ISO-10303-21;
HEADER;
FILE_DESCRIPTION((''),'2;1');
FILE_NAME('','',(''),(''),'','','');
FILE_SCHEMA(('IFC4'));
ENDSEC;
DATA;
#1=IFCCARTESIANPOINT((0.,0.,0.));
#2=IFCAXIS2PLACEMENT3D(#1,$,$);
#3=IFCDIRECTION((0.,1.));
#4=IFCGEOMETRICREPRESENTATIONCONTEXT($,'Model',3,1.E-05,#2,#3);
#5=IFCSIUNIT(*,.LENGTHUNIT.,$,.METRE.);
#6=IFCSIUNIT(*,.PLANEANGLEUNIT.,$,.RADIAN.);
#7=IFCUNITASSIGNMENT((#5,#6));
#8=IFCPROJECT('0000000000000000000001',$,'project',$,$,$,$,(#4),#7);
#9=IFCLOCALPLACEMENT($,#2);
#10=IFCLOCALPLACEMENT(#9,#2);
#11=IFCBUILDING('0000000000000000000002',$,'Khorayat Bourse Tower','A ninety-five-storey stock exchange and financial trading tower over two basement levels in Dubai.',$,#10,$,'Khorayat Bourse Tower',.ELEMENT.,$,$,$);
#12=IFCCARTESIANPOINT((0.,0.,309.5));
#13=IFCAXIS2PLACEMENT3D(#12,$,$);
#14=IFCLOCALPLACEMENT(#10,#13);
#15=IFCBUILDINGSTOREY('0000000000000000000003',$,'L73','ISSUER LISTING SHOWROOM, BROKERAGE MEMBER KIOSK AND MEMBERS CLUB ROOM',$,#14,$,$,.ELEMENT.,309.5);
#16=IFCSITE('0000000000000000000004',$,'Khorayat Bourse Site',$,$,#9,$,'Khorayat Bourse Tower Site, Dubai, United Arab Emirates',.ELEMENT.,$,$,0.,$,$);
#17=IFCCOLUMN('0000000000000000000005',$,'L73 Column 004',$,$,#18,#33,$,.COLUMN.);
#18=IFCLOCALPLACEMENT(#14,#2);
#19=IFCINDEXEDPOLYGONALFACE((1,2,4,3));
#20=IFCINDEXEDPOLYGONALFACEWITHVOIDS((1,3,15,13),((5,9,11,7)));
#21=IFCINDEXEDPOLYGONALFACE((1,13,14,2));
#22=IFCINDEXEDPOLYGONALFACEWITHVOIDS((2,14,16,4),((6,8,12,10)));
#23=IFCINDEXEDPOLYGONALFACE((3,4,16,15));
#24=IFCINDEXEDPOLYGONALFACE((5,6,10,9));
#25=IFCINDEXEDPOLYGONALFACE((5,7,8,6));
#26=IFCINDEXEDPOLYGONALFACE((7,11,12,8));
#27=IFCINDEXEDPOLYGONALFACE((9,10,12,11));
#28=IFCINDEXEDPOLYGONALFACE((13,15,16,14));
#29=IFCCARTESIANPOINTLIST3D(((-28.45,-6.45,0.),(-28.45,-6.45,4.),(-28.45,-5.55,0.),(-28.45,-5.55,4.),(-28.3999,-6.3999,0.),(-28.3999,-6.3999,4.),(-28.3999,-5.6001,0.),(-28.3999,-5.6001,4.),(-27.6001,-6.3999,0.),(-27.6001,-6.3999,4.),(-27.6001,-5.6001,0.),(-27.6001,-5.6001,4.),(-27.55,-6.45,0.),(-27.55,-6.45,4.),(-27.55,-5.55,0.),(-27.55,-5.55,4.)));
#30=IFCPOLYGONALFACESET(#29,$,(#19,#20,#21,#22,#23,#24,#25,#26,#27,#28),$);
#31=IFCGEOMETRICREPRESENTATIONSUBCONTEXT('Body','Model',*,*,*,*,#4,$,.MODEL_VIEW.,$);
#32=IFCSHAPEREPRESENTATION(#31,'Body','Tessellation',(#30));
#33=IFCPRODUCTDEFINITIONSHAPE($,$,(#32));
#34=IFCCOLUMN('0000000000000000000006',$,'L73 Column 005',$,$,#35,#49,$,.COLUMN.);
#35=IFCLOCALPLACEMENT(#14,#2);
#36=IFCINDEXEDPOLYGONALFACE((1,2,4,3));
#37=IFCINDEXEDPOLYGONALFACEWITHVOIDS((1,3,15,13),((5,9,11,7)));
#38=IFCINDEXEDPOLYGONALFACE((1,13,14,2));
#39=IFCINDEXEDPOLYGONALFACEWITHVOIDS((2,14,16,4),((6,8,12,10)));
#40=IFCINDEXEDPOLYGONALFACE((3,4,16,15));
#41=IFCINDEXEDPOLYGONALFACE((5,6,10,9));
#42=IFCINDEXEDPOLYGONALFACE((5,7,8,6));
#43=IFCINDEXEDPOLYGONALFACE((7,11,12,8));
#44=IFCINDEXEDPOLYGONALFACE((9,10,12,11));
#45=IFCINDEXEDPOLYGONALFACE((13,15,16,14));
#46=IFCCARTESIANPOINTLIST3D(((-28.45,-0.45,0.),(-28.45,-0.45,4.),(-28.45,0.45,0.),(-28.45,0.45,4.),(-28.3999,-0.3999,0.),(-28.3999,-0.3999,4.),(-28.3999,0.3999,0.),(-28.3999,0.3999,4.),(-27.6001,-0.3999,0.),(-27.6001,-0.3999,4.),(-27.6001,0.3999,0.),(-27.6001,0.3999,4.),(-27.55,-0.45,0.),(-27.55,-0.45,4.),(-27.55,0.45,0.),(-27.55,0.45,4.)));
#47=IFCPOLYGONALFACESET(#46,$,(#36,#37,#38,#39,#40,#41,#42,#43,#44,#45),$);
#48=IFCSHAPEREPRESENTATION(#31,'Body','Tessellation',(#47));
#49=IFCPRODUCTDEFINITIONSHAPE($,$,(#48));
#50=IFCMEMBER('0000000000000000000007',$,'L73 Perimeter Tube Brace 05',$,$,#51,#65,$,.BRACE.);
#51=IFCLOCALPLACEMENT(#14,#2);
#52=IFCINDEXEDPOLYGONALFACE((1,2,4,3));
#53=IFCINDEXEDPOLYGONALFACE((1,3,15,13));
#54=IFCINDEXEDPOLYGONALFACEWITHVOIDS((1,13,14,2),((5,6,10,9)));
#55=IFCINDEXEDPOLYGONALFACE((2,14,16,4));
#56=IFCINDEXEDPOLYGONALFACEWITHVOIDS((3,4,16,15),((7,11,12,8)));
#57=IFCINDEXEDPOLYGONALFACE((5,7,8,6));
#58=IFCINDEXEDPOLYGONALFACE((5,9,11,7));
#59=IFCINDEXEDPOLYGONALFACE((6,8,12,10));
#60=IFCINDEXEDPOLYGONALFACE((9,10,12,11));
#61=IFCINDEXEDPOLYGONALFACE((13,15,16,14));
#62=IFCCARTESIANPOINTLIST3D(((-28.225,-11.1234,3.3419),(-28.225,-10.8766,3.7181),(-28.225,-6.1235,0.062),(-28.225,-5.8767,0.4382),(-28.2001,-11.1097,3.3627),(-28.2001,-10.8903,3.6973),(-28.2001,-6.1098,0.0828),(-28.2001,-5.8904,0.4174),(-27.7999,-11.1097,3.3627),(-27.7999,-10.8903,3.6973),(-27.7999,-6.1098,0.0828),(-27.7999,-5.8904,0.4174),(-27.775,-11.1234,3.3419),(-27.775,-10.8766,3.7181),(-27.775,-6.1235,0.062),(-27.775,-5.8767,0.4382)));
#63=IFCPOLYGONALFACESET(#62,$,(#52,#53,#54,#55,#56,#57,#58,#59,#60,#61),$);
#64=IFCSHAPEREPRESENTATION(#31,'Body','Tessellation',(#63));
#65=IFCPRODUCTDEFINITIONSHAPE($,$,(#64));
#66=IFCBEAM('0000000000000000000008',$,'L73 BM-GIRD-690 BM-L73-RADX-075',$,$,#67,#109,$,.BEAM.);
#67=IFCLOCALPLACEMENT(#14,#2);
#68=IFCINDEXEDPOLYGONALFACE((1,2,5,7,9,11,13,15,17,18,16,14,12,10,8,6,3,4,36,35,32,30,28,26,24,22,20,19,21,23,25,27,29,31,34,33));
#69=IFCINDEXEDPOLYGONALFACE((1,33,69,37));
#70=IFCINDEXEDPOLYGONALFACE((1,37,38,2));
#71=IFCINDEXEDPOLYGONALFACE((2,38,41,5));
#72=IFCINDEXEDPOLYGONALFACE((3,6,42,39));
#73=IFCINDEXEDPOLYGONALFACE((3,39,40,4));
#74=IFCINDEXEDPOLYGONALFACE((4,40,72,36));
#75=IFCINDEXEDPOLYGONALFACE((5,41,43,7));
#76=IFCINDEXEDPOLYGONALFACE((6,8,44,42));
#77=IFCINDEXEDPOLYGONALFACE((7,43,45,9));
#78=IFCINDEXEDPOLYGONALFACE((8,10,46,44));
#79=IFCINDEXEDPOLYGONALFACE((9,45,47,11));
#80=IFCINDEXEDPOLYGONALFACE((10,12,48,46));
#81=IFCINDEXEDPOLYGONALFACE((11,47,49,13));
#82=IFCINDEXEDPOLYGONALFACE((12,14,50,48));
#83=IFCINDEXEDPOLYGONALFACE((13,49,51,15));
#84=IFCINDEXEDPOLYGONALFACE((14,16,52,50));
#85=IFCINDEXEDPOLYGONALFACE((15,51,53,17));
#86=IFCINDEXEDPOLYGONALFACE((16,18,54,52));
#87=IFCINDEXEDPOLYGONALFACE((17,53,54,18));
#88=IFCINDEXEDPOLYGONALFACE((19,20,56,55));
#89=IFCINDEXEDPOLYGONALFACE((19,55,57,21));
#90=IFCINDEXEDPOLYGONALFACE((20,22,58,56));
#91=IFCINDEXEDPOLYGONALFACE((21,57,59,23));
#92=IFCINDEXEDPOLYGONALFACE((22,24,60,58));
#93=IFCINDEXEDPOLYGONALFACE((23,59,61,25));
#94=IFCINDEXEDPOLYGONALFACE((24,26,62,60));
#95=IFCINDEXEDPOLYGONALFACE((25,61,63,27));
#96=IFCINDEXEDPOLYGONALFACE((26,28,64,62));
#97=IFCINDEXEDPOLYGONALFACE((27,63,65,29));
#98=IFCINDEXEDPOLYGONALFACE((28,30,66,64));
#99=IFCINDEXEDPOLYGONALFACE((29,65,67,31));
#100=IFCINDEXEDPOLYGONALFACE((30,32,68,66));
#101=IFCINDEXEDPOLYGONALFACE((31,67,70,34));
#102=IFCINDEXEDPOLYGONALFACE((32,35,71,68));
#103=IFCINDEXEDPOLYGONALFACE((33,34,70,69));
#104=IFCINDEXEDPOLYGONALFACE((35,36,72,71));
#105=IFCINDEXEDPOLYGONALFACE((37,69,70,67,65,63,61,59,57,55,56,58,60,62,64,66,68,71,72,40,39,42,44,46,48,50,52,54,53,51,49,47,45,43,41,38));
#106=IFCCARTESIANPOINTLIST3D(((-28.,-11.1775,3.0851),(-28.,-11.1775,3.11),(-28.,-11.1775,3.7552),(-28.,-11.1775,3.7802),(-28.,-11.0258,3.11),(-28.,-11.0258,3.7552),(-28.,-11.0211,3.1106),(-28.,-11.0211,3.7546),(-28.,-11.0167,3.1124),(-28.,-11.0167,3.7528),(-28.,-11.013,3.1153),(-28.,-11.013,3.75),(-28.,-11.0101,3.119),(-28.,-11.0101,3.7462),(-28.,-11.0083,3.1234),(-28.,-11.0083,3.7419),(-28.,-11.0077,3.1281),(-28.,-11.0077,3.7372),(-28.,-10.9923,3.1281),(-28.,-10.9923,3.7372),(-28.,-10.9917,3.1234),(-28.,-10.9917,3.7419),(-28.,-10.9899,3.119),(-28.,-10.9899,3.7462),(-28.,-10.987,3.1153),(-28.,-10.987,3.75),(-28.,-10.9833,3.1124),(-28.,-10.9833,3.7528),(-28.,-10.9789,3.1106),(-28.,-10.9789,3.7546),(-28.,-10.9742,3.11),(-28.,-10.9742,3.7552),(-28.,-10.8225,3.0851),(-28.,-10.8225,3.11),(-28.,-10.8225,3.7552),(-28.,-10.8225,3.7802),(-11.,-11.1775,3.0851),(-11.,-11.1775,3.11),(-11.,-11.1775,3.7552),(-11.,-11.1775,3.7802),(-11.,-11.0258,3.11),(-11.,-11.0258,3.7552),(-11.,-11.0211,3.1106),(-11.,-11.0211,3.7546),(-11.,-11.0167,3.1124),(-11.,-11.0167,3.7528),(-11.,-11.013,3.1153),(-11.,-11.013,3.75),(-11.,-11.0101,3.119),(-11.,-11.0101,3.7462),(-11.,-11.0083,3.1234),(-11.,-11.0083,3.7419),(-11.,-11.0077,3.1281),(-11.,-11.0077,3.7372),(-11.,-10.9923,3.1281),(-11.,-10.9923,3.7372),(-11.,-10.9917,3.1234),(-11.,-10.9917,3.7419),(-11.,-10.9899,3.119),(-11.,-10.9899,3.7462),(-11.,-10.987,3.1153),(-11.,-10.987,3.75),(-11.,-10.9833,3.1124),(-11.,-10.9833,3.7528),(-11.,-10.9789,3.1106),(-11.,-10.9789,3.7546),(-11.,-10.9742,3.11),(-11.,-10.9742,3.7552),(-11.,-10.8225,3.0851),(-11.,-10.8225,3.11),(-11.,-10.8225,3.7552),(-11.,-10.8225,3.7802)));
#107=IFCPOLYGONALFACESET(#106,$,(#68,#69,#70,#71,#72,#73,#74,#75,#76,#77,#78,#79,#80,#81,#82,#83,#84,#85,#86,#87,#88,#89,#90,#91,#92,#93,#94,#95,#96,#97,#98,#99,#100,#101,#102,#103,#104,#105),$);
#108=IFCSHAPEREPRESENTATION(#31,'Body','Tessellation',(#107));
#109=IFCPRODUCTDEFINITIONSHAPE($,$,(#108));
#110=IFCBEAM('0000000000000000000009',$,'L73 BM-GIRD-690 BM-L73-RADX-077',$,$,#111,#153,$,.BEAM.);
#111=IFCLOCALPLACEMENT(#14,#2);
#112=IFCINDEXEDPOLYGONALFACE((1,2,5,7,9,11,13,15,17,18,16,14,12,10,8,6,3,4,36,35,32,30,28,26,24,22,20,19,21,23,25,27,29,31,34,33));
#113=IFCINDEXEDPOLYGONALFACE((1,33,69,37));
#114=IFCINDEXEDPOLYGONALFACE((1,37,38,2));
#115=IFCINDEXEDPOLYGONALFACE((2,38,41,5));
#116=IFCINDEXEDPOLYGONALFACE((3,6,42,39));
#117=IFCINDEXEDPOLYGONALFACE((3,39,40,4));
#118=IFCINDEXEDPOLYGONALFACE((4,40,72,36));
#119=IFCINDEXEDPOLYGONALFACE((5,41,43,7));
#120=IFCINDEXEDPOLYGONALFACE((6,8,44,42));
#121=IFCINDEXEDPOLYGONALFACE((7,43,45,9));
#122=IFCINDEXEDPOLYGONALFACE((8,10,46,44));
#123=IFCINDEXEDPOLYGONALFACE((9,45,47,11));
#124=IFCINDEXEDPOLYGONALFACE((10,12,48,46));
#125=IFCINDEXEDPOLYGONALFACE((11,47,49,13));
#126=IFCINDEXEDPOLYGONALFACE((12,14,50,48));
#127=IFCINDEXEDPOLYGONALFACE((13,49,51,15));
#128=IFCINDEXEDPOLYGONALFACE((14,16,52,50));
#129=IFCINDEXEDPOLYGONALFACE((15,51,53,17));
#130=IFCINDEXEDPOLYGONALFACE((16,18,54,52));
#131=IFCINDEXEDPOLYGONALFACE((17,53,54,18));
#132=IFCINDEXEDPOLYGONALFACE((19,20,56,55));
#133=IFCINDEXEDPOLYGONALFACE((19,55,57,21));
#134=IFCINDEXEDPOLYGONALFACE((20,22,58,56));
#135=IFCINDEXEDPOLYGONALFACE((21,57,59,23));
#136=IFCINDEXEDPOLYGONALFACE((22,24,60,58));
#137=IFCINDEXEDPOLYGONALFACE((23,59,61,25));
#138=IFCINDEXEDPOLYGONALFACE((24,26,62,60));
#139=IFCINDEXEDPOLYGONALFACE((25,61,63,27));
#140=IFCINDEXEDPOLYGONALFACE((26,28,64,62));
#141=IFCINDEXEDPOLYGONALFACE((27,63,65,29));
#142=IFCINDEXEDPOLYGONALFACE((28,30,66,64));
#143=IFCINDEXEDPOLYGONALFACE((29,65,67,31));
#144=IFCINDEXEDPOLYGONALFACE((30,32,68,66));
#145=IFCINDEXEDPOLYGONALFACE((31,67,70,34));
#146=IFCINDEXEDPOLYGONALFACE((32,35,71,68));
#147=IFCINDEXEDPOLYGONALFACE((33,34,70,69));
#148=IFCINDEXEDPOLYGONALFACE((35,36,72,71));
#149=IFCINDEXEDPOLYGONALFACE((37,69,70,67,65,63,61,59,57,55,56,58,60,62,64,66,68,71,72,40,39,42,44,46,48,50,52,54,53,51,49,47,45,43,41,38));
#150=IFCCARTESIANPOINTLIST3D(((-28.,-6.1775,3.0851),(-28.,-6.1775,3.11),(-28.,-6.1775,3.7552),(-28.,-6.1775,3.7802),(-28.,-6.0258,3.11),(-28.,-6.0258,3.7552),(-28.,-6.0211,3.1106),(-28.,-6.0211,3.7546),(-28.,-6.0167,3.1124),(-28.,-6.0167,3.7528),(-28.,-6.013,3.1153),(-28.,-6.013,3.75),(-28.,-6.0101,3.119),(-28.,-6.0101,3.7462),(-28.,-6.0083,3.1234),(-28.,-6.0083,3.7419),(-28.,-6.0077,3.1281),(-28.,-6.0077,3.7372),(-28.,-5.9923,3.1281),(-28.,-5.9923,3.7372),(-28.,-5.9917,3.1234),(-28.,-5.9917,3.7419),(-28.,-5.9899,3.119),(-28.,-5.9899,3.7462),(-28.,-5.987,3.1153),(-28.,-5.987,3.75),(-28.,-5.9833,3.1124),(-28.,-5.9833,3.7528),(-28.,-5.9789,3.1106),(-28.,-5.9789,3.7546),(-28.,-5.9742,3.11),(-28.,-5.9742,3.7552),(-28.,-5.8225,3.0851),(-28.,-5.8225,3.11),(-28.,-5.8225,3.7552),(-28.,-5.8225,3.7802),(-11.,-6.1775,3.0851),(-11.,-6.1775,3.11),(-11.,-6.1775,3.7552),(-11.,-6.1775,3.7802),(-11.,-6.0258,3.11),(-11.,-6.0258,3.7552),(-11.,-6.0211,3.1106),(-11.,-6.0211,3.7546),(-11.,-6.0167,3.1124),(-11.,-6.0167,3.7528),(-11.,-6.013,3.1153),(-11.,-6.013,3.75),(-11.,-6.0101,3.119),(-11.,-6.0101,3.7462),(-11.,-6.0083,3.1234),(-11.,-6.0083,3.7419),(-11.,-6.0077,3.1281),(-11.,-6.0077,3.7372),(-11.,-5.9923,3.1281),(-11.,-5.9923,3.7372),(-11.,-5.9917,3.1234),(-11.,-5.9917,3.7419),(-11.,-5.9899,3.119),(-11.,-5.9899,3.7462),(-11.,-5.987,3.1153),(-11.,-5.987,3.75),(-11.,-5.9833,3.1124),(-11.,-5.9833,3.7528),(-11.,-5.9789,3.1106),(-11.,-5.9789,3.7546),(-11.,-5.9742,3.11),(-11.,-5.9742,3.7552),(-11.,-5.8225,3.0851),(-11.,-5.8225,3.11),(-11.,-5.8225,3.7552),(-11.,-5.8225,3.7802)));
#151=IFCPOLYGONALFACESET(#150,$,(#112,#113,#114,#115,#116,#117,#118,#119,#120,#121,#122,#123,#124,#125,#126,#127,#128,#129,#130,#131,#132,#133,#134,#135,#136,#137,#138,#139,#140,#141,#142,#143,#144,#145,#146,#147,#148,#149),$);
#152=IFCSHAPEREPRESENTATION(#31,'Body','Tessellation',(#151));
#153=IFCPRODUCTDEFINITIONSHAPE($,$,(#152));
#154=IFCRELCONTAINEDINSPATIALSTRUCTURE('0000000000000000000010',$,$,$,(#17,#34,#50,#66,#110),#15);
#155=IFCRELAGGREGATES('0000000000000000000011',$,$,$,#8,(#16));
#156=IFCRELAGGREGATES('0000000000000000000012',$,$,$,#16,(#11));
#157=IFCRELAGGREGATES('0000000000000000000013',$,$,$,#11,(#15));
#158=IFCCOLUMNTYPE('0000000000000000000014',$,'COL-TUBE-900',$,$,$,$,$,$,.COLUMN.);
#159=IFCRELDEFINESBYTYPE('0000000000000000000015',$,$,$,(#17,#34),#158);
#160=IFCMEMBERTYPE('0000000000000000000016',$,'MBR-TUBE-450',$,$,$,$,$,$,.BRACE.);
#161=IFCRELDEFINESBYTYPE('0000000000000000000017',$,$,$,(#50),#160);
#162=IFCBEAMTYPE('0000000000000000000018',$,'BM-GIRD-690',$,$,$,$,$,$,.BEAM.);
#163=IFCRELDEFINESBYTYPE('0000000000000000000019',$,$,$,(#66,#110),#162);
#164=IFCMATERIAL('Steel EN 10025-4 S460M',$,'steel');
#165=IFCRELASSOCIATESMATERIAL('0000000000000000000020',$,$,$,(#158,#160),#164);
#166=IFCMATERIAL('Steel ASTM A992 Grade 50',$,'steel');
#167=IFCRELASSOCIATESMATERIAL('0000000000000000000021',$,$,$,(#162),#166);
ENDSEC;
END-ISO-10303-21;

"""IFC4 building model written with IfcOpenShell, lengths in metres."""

from ifc_helpers import new_model, si_unit, direction, frame, origin, origin_2d, place, context, subcontext, project, spatial, hollow_rectangle, i_section, extrude, source, transform, mapped, material, material_profile, profile_set, type_object, element, save


model = new_model("IFC4")

# Units and contexts
model_context = context("Model", 3, precision=1e-05, world=origin(), true_north=direction((0.0, 1.0)))
body_context = subcontext(model_context, "Body", "Model", "MODEL_VIEW")
ifc_project = project(units=[si_unit("LENGTHUNIT", "METRE"), si_unit("PLANEANGLEUNIT", "RADIAN")], contexts=[model_context])

# Site, building, storey
site_placement = place(None, origin())
site = spatial("IfcSite", under=ifc_project, at=site_placement, Name="Khorayat Bourse Site", LongName="Khorayat Bourse Tower Site, Dubai, United Arab Emirates", CompositionType="ELEMENT", RefElevation=0.0)
building_placement = place(site_placement, origin())
building = spatial("IfcBuilding", under=site, at=building_placement, Name="Khorayat Bourse Tower", Description="A ninety-five-storey stock exchange and financial trading tower over two basement levels in Dubai.", LongName="Khorayat Bourse Tower", CompositionType="ELEMENT")
storey_placement = place(building_placement, frame((0.0, 0.0, 309.5)))
storey = spatial("IfcBuildingStorey", under=building, at=storey_placement, Name="L73", Description="ISSUER LISTING SHOWROOM, BROKERAGE MEMBER KIOSK AND MEMBERS CLUB ROOM", CompositionType="ELEMENT", Elevation=309.5)

# Columns
ifc_material_1 = material(Name="Steel EN 10025-4 S460M", Category="steel")
ifc_material_profile_1 = material_profile(ifc_material_1, hollow_rectangle(XDim=0.8999, YDim=0.8999, WallThickness=0.05, at=origin_2d()), Name="BOX 900x900x50")
ifc_profile_set_1 = profile_set([ifc_material_profile_1], Name="Steel EN 10025-4 S460M")
column_type = type_object("IfcColumnType", Name="COL-TUBE-900", PredefinedType="COLUMN", material=ifc_profile_set_1)
shared_shape_1 = source(origin(), body_context, "Body", "SweptSolid", [
    extrude(hollow_rectangle(XDim=0.8999, YDim=0.8999, WallThickness=0.05, at=origin_2d()), origin(), (0.0, 0.0, 1.0), 4.0),
])
for number, where, z_axis, x_axis, name in (
    (1, (-28.0, -6.0, 0.0), (0.0, 0.0, 1.0), (1.0, 0.0, 0.0), "L73 Column 004"),
    (2, (-28.0, 0.0, 0.0), (0.0, 0.0, 1.0), (1.0, 0.0, 0.0), "L73 Column 005"),
):
    element("IfcColumn", number, at=place(storey_placement, frame(where, z_axis=z_axis, x_axis=x_axis)), inside=storey, type_object=column_type, Name=name, PredefinedType="COLUMN", context=body_context, shape_type="MappedRepresentation", body=[
        mapped(shared_shape_1, transform((0.0, 0.0, 0.0), scale=1.0)),
    ])

# Member
ifc_material_profile_2 = material_profile(ifc_material_1, hollow_rectangle(XDim=0.45, YDim=0.45, WallThickness=0.0249, at=origin_2d()), Name="HSS 450x450x25")
ifc_profile_set_2 = profile_set([ifc_material_profile_2], Name="Steel EN 10025-4 S460M")
member_type = type_object("IfcMemberType", Name="MBR-TUBE-450", PredefinedType="BRACE", material=ifc_profile_set_2)
shared_shape_2 = source(origin(), body_context, "Body", "SweptSolid", [
    extrude(hollow_rectangle(XDim=0.45, YDim=0.45, WallThickness=0.0249, at=origin_2d()), origin(), (0.0, 0.0, 1.0), 5.9797),
])
member_placement = place(storey_placement, frame((-28.0, -11.0, 3.53), z_axis=(0.0, 0.836142, -0.548514), x_axis=(-1.0, 0.0, 0.0)))
element("IfcMember", 3, at=member_placement, inside=storey, type_object=member_type, Name="L73 Perimeter Tube Brace 05", PredefinedType="BRACE", context=body_context, shape_type="MappedRepresentation", body=[
    mapped(shared_shape_2, transform((0.0, 0.0, 0.0), scale=1.0)),
])

# Beams
ifc_material_2 = material(Name="Steel ASTM A992 Grade 50", Category="steel")
ifc_material_profile_3 = material_profile(ifc_material_2, i_section(OverallWidth=0.355, OverallDepth=0.6951, WebThickness=0.0154, FlangeThickness=0.0249, FilletRadius=0.0181, at=origin_2d()), Name="W690X217")
ifc_profile_set_3 = profile_set([ifc_material_profile_3], Name="Steel ASTM A992 Grade 50")
beam_type_1 = type_object("IfcBeamType", Name="BM-GIRD-690", PredefinedType="BEAM", material=ifc_profile_set_3)
shared_shape_3 = source(origin(), body_context, "Body", "SweptSolid", [
    extrude(i_section(OverallWidth=0.355, OverallDepth=0.6951, WebThickness=0.0154, FlangeThickness=0.0249, FilletRadius=0.0181, at=origin_2d()), origin(), (0.0, 0.0, 1.0), 17.0),
])
for number, where, z_axis, x_axis, name in (
    (4, (-28.0, -11.0, 3.4326), (1.0, 0.0, 0.0), (0.0, 1.0, 0.0), "L73 BM-GIRD-690 BM-L73-RADX-075"),
    (5, (-28.0, -6.0, 3.4326), (1.0, 0.0, 0.0), (0.0, 1.0, 0.0), "L73 BM-GIRD-690 BM-L73-RADX-077"),
):
    element("IfcBeam", number, at=place(storey_placement, frame(where, z_axis=z_axis, x_axis=x_axis)), inside=storey, type_object=beam_type_1, Name=name, PredefinedType="BEAM", context=body_context, shape_type="MappedRepresentation", body=[
        mapped(shared_shape_3, transform((0.0, 0.0, 0.0), scale=1.0)),
    ])

save(model, "model.ifc")
